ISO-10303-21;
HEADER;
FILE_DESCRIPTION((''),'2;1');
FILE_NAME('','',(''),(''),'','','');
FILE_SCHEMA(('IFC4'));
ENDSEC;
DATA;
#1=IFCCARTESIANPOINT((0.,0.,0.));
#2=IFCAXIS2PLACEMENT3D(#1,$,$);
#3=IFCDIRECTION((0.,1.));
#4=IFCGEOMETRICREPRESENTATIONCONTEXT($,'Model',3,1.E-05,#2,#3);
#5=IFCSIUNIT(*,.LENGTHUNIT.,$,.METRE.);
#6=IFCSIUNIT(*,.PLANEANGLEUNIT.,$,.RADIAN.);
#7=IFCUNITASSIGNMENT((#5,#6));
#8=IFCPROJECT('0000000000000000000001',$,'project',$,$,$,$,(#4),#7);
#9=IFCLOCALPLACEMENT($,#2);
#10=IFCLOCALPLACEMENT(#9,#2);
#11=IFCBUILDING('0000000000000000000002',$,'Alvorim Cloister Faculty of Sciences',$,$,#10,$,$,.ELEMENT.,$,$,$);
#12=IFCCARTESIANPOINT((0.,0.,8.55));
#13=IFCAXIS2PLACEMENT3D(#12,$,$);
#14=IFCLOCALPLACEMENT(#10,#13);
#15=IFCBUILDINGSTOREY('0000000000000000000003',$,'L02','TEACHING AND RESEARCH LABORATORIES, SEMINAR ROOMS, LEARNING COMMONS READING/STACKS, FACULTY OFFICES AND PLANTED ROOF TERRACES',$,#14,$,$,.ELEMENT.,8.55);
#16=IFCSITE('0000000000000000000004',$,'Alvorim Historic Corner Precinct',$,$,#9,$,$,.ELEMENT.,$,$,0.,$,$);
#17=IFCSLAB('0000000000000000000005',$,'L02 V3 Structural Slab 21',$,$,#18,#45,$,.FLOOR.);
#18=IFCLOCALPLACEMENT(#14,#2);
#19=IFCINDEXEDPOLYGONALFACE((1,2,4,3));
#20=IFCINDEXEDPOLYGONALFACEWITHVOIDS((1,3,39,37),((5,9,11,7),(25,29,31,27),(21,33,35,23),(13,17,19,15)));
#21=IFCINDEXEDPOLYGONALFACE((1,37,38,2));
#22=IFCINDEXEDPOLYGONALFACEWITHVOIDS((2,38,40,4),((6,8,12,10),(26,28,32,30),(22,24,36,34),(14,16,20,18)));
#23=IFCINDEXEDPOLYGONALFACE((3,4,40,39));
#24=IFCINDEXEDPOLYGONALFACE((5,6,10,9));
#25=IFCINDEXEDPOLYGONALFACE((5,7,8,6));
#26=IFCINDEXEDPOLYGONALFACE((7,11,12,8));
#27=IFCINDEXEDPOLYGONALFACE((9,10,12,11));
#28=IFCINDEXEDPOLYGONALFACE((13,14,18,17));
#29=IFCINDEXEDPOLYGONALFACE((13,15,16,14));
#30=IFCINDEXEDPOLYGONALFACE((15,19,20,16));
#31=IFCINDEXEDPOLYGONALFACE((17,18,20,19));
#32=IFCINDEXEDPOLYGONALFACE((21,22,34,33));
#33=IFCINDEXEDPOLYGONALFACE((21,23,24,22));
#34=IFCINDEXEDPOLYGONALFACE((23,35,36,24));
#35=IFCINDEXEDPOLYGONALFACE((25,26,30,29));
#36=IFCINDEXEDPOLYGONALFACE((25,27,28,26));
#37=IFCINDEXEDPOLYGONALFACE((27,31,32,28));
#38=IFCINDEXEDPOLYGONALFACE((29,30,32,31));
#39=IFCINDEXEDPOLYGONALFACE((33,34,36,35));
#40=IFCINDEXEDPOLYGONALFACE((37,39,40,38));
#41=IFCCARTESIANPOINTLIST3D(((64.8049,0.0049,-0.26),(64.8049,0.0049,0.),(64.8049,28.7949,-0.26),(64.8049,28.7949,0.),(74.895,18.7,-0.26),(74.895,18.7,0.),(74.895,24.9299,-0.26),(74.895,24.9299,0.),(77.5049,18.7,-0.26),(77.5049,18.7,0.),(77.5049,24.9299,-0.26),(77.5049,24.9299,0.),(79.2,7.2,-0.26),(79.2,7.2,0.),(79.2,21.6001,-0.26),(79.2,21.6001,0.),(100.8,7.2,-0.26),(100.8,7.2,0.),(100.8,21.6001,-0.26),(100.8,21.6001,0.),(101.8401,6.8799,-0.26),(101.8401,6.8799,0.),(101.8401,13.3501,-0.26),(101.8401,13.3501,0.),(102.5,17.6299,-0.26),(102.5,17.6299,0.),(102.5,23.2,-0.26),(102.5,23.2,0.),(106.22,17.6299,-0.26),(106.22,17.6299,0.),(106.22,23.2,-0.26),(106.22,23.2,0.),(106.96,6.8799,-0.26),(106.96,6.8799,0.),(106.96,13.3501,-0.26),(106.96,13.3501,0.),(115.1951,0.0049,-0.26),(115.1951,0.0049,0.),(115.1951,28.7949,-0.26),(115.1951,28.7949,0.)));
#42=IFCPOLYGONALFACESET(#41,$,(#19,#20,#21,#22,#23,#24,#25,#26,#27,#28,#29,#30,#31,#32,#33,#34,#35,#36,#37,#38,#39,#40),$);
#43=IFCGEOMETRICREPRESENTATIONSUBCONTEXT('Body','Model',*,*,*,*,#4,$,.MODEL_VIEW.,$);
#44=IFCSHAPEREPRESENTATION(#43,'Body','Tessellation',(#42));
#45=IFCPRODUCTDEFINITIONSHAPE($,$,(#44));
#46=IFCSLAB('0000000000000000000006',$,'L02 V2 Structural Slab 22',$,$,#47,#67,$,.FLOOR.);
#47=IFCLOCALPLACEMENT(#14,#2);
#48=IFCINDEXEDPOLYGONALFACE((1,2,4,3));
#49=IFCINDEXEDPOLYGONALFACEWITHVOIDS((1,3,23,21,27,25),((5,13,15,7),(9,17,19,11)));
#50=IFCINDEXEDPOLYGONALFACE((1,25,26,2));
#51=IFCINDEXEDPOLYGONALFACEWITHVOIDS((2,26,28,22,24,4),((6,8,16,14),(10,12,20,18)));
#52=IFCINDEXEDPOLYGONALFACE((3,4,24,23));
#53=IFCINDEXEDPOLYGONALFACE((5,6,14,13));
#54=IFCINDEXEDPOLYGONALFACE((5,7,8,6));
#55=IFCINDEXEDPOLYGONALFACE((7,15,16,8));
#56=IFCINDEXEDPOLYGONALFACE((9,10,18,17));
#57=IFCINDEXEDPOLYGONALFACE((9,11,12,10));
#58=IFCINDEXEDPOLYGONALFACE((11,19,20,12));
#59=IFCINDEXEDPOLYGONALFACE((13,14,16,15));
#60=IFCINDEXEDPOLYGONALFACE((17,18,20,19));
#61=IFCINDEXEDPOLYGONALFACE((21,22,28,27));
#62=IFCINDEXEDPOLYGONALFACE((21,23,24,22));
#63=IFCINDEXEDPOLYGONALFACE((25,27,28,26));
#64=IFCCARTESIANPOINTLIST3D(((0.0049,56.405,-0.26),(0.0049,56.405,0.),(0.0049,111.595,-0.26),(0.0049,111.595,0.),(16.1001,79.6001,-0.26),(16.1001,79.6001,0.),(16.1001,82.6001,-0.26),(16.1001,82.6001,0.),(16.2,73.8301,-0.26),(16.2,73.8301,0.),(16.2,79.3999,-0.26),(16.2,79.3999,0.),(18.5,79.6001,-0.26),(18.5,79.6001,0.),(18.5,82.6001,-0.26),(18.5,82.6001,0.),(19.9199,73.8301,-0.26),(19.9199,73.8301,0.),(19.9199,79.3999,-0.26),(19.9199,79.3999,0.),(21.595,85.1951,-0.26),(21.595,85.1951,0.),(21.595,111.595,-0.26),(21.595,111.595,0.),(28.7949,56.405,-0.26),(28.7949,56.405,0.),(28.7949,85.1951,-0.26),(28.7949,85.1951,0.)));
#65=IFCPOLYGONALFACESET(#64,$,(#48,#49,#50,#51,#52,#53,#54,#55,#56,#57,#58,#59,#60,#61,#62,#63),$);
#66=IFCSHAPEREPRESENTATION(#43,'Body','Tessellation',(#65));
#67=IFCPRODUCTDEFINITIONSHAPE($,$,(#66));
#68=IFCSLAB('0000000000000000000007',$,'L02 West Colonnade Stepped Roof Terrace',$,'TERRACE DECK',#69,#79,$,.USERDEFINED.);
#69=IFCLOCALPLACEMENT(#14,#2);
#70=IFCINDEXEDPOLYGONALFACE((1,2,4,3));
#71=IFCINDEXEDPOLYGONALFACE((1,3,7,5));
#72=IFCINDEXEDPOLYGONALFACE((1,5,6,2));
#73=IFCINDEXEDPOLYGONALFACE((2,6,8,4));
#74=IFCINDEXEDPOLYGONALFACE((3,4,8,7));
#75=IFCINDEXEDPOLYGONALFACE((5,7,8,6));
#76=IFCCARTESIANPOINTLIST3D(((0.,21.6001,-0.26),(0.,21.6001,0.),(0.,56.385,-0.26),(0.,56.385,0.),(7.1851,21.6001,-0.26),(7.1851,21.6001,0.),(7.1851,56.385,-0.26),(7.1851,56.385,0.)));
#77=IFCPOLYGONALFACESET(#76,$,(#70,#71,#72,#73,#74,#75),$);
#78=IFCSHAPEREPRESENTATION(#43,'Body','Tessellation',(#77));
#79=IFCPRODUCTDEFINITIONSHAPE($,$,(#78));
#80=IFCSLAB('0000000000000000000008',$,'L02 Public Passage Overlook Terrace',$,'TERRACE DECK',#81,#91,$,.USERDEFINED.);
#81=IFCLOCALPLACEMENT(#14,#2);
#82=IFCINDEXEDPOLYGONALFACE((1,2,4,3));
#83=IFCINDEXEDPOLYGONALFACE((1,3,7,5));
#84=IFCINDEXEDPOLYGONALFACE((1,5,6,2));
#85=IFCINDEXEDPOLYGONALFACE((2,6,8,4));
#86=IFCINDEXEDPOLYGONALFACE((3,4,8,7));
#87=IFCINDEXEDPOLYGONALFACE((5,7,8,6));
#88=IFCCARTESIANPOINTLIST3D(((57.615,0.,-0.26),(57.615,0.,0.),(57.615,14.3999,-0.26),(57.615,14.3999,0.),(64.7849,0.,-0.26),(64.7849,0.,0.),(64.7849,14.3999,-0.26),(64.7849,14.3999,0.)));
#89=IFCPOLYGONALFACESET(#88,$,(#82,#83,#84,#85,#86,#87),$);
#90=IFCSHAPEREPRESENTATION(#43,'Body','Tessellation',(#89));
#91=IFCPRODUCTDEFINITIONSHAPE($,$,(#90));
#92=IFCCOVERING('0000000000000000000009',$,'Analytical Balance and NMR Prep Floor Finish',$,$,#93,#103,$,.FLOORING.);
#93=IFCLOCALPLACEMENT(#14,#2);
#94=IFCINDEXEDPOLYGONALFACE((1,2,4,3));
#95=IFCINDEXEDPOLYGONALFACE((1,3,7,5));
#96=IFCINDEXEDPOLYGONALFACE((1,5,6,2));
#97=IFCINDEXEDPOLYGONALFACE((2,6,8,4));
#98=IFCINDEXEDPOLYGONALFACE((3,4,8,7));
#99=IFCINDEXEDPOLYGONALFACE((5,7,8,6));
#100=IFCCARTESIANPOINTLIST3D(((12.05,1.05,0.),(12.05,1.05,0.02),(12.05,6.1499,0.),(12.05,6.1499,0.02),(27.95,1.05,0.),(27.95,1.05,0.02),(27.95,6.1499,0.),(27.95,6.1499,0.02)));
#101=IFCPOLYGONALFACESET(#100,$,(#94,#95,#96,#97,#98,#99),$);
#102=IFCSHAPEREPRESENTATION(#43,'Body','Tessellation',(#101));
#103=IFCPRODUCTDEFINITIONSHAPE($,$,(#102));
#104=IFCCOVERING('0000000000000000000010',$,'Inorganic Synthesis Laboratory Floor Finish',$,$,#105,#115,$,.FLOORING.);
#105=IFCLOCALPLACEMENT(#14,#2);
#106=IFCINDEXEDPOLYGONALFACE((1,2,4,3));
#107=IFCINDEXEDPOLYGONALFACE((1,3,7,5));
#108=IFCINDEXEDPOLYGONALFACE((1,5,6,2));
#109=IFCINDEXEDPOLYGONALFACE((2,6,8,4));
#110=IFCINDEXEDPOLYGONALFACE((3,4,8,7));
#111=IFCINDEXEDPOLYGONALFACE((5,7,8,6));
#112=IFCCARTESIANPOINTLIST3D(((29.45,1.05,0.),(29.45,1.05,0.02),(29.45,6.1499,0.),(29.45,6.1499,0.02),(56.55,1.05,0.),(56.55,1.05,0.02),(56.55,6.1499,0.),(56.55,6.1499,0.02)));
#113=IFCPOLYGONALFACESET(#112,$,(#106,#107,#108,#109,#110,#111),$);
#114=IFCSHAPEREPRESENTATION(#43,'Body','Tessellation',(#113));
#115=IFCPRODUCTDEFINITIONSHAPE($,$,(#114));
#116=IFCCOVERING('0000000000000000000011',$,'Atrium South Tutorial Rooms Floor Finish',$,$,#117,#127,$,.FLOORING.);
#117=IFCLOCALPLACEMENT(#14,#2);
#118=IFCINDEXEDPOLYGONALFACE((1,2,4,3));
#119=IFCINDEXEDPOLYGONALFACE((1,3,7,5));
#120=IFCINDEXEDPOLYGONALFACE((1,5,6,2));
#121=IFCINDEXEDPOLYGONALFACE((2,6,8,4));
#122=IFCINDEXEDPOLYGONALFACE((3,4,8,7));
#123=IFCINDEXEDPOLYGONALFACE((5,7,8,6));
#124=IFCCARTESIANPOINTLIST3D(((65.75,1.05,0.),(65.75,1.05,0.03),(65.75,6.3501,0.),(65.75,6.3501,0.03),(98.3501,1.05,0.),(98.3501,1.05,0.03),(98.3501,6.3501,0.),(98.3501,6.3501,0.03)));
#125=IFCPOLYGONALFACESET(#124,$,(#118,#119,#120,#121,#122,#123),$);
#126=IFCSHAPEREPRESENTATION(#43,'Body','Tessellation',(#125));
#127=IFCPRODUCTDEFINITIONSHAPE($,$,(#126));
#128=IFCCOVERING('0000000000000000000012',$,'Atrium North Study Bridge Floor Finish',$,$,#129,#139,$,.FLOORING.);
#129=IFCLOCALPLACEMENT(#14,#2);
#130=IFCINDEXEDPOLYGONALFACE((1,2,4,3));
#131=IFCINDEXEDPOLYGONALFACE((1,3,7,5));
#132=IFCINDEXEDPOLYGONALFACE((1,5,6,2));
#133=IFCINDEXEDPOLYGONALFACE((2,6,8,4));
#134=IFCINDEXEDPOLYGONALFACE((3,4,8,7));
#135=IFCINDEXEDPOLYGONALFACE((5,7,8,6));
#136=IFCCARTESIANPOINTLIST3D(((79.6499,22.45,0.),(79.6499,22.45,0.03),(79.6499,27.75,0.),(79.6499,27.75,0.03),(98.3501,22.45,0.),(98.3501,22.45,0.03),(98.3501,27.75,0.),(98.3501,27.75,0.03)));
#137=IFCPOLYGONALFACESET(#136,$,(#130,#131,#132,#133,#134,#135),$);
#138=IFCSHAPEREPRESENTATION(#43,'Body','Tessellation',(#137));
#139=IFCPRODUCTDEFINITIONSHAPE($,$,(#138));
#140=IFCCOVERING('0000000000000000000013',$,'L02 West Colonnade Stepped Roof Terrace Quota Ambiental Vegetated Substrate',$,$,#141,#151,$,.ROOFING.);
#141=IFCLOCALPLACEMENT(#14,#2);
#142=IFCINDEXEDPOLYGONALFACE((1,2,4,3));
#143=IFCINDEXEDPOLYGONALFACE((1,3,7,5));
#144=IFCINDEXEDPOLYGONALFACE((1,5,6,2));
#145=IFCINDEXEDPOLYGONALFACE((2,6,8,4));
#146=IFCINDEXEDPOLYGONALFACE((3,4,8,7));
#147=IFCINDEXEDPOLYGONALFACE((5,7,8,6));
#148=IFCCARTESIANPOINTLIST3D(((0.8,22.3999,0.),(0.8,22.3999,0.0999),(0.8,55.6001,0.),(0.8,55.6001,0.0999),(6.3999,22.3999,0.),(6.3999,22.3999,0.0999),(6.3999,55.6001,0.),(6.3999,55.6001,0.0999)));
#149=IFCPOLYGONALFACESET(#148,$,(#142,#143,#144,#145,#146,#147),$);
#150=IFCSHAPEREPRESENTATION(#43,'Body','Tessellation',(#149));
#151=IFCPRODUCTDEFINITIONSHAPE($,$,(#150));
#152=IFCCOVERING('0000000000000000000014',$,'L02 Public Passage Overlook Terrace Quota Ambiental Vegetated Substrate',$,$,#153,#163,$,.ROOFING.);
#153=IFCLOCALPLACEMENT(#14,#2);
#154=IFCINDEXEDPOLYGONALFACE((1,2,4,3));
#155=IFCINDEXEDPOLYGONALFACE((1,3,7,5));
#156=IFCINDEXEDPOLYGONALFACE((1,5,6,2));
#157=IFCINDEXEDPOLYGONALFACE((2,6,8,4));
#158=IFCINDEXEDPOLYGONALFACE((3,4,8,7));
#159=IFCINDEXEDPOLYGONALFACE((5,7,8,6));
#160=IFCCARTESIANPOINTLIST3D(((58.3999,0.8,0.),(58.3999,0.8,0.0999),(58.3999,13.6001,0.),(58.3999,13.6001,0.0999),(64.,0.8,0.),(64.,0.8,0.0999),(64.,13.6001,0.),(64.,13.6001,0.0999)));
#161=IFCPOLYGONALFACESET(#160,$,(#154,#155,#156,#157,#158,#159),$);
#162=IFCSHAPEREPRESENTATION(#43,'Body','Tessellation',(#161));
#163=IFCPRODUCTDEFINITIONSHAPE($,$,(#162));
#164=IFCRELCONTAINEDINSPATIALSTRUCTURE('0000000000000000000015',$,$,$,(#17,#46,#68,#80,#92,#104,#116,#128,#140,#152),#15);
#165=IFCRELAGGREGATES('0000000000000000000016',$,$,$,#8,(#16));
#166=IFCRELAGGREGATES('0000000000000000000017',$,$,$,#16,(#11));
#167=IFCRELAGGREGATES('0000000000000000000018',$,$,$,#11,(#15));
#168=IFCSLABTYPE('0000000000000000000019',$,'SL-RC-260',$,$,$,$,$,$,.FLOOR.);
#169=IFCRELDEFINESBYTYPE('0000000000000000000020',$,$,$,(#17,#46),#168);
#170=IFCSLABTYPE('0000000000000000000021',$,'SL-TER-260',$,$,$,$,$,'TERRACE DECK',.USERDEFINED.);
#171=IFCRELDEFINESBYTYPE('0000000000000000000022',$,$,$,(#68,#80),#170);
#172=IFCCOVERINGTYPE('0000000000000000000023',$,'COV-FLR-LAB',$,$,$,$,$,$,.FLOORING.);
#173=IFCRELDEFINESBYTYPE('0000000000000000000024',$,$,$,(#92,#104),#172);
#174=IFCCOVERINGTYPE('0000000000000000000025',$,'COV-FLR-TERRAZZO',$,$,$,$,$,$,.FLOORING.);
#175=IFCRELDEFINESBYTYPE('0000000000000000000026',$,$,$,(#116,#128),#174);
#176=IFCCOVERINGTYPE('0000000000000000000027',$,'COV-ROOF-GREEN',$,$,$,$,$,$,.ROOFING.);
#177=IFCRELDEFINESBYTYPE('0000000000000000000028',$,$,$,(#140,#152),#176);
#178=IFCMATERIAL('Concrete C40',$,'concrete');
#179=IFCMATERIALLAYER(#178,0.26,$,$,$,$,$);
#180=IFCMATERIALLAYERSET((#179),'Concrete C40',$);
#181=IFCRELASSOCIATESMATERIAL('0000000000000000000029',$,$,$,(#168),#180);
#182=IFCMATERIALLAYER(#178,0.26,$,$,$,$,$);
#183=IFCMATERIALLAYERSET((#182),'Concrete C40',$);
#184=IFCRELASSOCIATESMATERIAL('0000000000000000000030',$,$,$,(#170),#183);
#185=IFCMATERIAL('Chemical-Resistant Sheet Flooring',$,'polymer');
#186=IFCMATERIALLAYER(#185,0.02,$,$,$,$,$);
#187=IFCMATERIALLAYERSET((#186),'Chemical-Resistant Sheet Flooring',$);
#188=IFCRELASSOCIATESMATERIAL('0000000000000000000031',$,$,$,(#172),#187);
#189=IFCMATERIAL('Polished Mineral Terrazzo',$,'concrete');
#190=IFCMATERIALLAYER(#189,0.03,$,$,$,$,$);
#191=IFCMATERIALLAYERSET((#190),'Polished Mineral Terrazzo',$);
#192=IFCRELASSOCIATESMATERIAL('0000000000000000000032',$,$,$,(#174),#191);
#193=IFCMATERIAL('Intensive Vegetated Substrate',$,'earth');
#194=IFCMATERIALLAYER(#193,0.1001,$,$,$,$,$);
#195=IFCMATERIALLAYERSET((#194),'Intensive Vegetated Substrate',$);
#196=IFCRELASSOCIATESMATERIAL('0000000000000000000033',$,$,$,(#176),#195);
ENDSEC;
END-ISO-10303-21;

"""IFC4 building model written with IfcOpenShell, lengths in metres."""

from ifc_helpers import new_model, si_unit, direction, frame, origin, place, context, subcontext, project, spatial, polyline, outline, extrude, material, layer, layer_set, type_object, element, save


model = new_model("IFC4")

# Units and contexts
model_context = context("Model", 3, precision=1e-05, world=origin(), true_north=direction((0.0, 1.0)))
body_context = subcontext(model_context, "Body", "Model", "MODEL_VIEW")
ifc_project = project(units=[si_unit("LENGTHUNIT", "METRE"), si_unit("PLANEANGLEUNIT", "RADIAN")], contexts=[model_context])

# Site, building, storey
site_placement = place(None, origin())
site = spatial("IfcSite", under=ifc_project, at=site_placement, Name="Alvorim Historic Corner Precinct", CompositionType="ELEMENT", RefElevation=0.0)
building_placement = place(site_placement, origin())
building = spatial("IfcBuilding", under=site, at=building_placement, Name="Alvorim Cloister Faculty of Sciences", CompositionType="ELEMENT")
storey_placement = place(building_placement, frame((0.0, 0.0, 8.55)))
storey = spatial("IfcBuildingStorey", under=building, at=storey_placement, Name="L02", Description="TEACHING AND RESEARCH LABORATORIES, SEMINAR ROOMS, LEARNING COMMONS READING/STACKS, FACULTY OFFICES AND PLANTED ROOF TERRACES", CompositionType="ELEMENT", Elevation=8.55)

# Slabs
ifc_material_1 = material(Name="Concrete C40", Category="concrete")
ifc_layer_1 = layer(ifc_material_1, 0.26)
ifc_layer_set_1 = layer_set([ifc_layer_1], Name="Concrete C40")
slab_type_1 = type_object("IfcSlabType", Name="SL-RC-260", PredefinedType="FLOOR", material=ifc_layer_set_1)
slab_1_placement = place(storey_placement, frame((0.0, 0.0, -0.26)))
element("IfcSlab", 1, at=slab_1_placement, inside=storey, type_object=slab_type_1, Name="L02 V3 Structural Slab 21", PredefinedType="FLOOR", context=body_context, shape_type="SweptSolid", body=[
    extrude(outline(polyline([(64.8049, 0.0049), (64.8049, 28.7949), (115.1951, 28.7949), (115.1951, 0.0049), (64.8049, 0.0049)]), holes=[polyline([(106.96, 13.3501), (101.8401, 13.3501), (101.8401, 6.8799), (106.96, 6.8799), (106.96, 13.3501)]), polyline([(100.8, 21.6001), (79.2, 21.6001), (79.2, 7.2), (100.8, 7.2), (100.8, 21.6001)]), polyline([(106.22, 23.2), (102.5, 23.2), (102.5, 17.6299), (106.22, 17.6299), (106.22, 23.2)]), polyline([(77.5049, 24.9299), (74.895, 24.9299), (74.895, 18.7), (77.5049, 18.7), (77.5049, 24.9299)])]), origin(), (0.0, 0.0, 1.0), 0.26),
])
slab_2_placement = place(storey_placement, frame((0.0, 0.0, -0.26)))
element("IfcSlab", 2, at=slab_2_placement, inside=storey, type_object=slab_type_1, Name="L02 V2 Structural Slab 22", PredefinedType="FLOOR", context=body_context, shape_type="SweptSolid", body=[
    extrude(outline(polyline([(28.7949, 56.405), (0.0049, 56.405), (0.0049, 111.595), (21.595, 111.595), (21.595, 85.1951), (28.7949, 85.1951), (28.7949, 56.405)]), holes=[polyline([(19.9199, 79.3999), (16.2, 79.3999), (16.2, 73.8301), (19.9199, 73.8301), (19.9199, 79.3999)]), polyline([(18.5, 82.6001), (16.1001, 82.6001), (16.1001, 79.6001), (18.5, 79.6001), (18.5, 82.6001)])]), origin(), (0.0, 0.0, 1.0), 0.26),
])
ifc_layer_2 = layer(ifc_material_1, 0.26)
ifc_layer_set_2 = layer_set([ifc_layer_2], Name="Concrete C40")
slab_type_2 = type_object("IfcSlabType", Name="SL-TER-260", ElementType="TERRACE DECK", PredefinedType="USERDEFINED", material=ifc_layer_set_2)
slab_3_placement = place(storey_placement, frame((0.0, 0.0, -0.26)))
element("IfcSlab", 3, at=slab_3_placement, inside=storey, type_object=slab_type_2, Name="L02 West Colonnade Stepped Roof Terrace", ObjectType="TERRACE DECK", PredefinedType="USERDEFINED", context=body_context, shape_type="SweptSolid", body=[
    extrude(outline(polyline([(0.0, 21.6001), (0.0, 56.385), (7.1851, 56.385), (7.1851, 21.6001), (0.0, 21.6001)])), origin(), (0.0, 0.0, 1.0), 0.26),
])
slab_4_placement = place(storey_placement, frame((0.0, 0.0, -0.26)))
element("IfcSlab", 4, at=slab_4_placement, inside=storey, type_object=slab_type_2, Name="L02 Public Passage Overlook Terrace", ObjectType="TERRACE DECK", PredefinedType="USERDEFINED", context=body_context, shape_type="SweptSolid", body=[
    extrude(outline(polyline([(64.7849, 14.3999), (64.7849, 0.0), (57.615, 0.0), (57.615, 14.3999), (64.7849, 14.3999)])), origin(), (0.0, 0.0, 1.0), 0.26),
])

# Coverings
ifc_material_2 = material(Name="Chemical-Resistant Sheet Flooring", Category="polymer")
ifc_layer_3 = layer(ifc_material_2, 0.02)
ifc_layer_set_3 = layer_set([ifc_layer_3], Name="Chemical-Resistant Sheet Flooring")
covering_type_1 = type_object("IfcCoveringType", Name="COV-FLR-LAB", PredefinedType="FLOORING", material=ifc_layer_set_3)
covering_1_placement = place(storey_placement, origin())
element("IfcCovering", 5, at=covering_1_placement, inside=storey, type_object=covering_type_1, Name="Analytical Balance and NMR Prep Floor Finish", PredefinedType="FLOORING", context=body_context, shape_type="SweptSolid", body=[
    extrude(outline(polyline([(12.05, 1.05), (27.95, 1.05), (27.95, 6.1499), (12.05, 6.1499), (12.05, 1.05)])), origin(), (0.0, 0.0, 1.0), 0.02),
])
covering_2_placement = place(storey_placement, origin())
element("IfcCovering", 6, at=covering_2_placement, inside=storey, type_object=covering_type_1, Name="Inorganic Synthesis Laboratory Floor Finish", PredefinedType="FLOORING", context=body_context, shape_type="SweptSolid", body=[
    extrude(outline(polyline([(29.45, 1.05), (56.55, 1.05), (56.55, 6.1499), (29.45, 6.1499), (29.45, 1.05)])), origin(), (0.0, 0.0, 1.0), 0.02),
])
ifc_material_3 = material(Name="Polished Mineral Terrazzo", Category="concrete")
ifc_layer_4 = layer(ifc_material_3, 0.03)
ifc_layer_set_4 = layer_set([ifc_layer_4], Name="Polished Mineral Terrazzo")
covering_type_2 = type_object("IfcCoveringType", Name="COV-FLR-TERRAZZO", PredefinedType="FLOORING", material=ifc_layer_set_4)
covering_3_placement = place(storey_placement, origin())
element("IfcCovering", 7, at=covering_3_placement, inside=storey, type_object=covering_type_2, Name="Atrium South Tutorial Rooms Floor Finish", PredefinedType="FLOORING", context=body_context, shape_type="SweptSolid", body=[
    extrude(outline(polyline([(65.75, 1.05), (98.3501, 1.05), (98.3501, 6.3501), (65.75, 6.3501), (65.75, 1.05)])), origin(), (0.0, 0.0, 1.0), 0.03),
])
covering_4_placement = place(storey_placement, origin())
element("IfcCovering", 8, at=covering_4_placement, inside=storey, type_object=covering_type_2, Name="Atrium North Study Bridge Floor Finish", PredefinedType="FLOORING", context=body_context, shape_type="SweptSolid", body=[
    extrude(outline(polyline([(79.6499, 22.45), (98.3501, 22.45), (98.3501, 27.75), (79.6499, 27.75), (79.6499, 22.45)])), origin(), (0.0, 0.0, 1.0), 0.03),
])
ifc_material_4 = material(Name="Intensive Vegetated Substrate", Category="earth")
ifc_layer_5 = layer(ifc_material_4, 0.1001)
ifc_layer_set_5 = layer_set([ifc_layer_5], Name="Intensive Vegetated Substrate")
covering_type_3 = type_object("IfcCoveringType", Name="COV-ROOF-GREEN", PredefinedType="ROOFING", material=ifc_layer_set_5)
covering_5_placement = place(storey_placement, origin())
element("IfcCovering", 9, at=covering_5_placement, inside=storey, type_object=covering_type_3, Name="L02 West Colonnade Stepped Roof Terrace Quota Ambiental Vegetated Substrate", PredefinedType="ROOFING", context=body_context, shape_type="SweptSolid", body=[
    extrude(outline(polyline([(0.8, 22.3999), (6.3999, 22.3999), (6.3999, 55.6001), (0.8, 55.6001), (0.8, 22.3999)])), origin(), (0.0, 0.0, 1.0), 0.0999),
])
covering_6_placement = place(storey_placement, origin())
element("IfcCovering", 10, at=covering_6_placement, inside=storey, type_object=covering_type_3, Name="L02 Public Passage Overlook Terrace Quota Ambiental Vegetated Substrate", PredefinedType="ROOFING", context=body_context, shape_type="SweptSolid", body=[
    extrude(outline(polyline([(58.3999, 0.8), (64.0, 0.8), (64.0, 13.6001), (58.3999, 13.6001), (58.3999, 0.8)])), origin(), (0.0, 0.0, 1.0), 0.0999),
])

save(model, "model.ifc")
